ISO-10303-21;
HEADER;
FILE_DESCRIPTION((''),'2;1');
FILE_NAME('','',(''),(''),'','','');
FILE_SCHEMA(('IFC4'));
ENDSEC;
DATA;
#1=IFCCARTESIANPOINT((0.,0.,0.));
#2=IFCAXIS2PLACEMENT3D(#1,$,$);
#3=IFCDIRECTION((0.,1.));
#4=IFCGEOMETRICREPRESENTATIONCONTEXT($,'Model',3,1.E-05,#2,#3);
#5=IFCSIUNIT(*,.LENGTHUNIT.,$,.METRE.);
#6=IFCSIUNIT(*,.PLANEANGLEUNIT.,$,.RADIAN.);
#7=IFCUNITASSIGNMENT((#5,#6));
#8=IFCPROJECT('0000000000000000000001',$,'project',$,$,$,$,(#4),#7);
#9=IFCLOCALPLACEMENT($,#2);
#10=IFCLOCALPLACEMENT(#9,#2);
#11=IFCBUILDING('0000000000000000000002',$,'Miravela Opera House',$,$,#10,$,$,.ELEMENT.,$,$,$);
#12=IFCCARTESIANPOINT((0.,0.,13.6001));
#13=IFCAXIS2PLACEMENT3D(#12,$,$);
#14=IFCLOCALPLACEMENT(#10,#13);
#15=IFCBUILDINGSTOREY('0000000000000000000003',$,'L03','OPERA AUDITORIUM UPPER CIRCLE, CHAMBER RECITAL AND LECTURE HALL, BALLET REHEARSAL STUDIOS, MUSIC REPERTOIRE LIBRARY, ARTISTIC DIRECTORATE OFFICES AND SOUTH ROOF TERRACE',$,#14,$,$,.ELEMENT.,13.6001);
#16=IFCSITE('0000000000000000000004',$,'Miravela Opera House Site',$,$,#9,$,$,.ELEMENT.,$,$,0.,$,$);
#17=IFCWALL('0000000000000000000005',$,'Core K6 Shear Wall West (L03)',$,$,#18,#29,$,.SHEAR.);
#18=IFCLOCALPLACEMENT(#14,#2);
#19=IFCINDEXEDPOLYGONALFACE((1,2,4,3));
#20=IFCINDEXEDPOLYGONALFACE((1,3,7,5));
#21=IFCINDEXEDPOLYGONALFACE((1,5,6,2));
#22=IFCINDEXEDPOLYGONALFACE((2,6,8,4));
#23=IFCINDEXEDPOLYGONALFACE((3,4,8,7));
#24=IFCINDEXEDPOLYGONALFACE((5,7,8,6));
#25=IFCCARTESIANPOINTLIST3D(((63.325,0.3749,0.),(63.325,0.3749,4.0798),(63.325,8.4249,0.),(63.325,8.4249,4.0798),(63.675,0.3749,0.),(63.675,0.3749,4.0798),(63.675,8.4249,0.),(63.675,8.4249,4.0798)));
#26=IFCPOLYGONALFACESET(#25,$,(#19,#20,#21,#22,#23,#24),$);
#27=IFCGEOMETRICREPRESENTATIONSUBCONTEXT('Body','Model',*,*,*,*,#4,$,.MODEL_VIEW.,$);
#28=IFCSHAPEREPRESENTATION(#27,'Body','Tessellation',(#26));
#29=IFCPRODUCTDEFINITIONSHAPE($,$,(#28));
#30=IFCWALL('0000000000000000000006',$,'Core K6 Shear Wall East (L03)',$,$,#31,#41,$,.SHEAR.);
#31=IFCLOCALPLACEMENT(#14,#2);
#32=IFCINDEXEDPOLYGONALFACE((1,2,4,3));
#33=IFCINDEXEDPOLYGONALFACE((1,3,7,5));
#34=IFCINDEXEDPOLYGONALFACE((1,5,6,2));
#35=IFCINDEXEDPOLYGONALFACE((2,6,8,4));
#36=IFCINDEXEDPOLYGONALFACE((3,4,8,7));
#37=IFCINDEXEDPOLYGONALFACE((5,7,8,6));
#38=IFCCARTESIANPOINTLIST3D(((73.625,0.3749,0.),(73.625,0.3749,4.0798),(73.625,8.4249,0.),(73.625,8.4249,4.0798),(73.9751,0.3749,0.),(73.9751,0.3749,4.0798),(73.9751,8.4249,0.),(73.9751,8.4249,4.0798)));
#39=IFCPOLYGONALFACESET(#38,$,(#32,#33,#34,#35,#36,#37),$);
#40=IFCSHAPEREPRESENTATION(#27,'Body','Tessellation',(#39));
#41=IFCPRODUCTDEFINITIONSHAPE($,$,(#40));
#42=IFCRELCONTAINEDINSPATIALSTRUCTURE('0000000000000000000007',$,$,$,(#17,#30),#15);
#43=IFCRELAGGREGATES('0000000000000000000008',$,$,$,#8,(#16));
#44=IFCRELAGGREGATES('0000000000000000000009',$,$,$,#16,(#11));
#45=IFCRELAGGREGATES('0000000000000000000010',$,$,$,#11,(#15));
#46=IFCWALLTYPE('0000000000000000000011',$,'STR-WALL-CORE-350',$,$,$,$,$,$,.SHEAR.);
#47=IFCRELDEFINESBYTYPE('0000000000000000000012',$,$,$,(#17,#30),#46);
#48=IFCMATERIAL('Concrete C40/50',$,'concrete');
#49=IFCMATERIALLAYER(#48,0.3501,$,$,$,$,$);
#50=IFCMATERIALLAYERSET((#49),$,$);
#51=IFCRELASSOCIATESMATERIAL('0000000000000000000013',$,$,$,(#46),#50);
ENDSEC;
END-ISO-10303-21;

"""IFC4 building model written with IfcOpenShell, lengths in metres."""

from ifc_helpers import new_model, si_unit, direction, frame, frame_2d, origin, place, context, subcontext, project, spatial, rectangle, extrude, material, layer, layer_set, type_object, element, save


model = new_model("IFC4")

# Units and contexts
model_context = context("Model", 3, precision=1e-05, world=origin(), true_north=direction((0.0, 1.0)))
body_context = subcontext(model_context, "Body", "Model", "MODEL_VIEW")
ifc_project = project(units=[si_unit("LENGTHUNIT", "METRE"), si_unit("PLANEANGLEUNIT", "RADIAN")], contexts=[model_context])

# Site, building, storey
site_placement = place(None, origin())
site = spatial("IfcSite", under=ifc_project, at=site_placement, Name="Miravela Opera House Site", CompositionType="ELEMENT", RefElevation=0.0)
building_placement = place(site_placement, origin())
building = spatial("IfcBuilding", under=site, at=building_placement, Name="Miravela Opera House", CompositionType="ELEMENT")
storey_placement = place(building_placement, frame((0.0, 0.0, 13.6001)))
storey = spatial("IfcBuildingStorey", under=building, at=storey_placement, Name="L03", Description="OPERA AUDITORIUM UPPER CIRCLE, CHAMBER RECITAL AND LECTURE HALL, BALLET REHEARSAL STUDIOS, MUSIC REPERTOIRE LIBRARY, ARTISTIC DIRECTORATE OFFICES AND SOUTH ROOF TERRACE", CompositionType="ELEMENT", Elevation=13.6001)

# Shared definitions
ifc_material_1 = material(Name="Concrete C40/50", Category="concrete")
ifc_layer_1 = layer(ifc_material_1, 0.3501)
ifc_layer_set_1 = layer_set([ifc_layer_1])
wall_type_1 = type_object("IfcWallType", Name="STR-WALL-CORE-350", PredefinedType="SHEAR", material=ifc_layer_set_1)

# Walls
for number, where, z_axis, x_axis, name in (
    (1, (63.5, 0.375, 0.0), (0.0, 0.0, 1.0), (0.0, 1.0, 0.0), "Core K6 Shear Wall West (L03)"),
    (2, (73.8, 0.375, 0.0), (0.0, 0.0, 1.0), (0.0, 1.0, 0.0), "Core K6 Shear Wall East (L03)"),
):
    element("IfcWall", number, at=place(storey_placement, frame(where, z_axis=z_axis, x_axis=x_axis)), inside=storey, type_object=wall_type_1, Name=name, PredefinedType="SHEAR", context=body_context, shape_type="SweptSolid", body=[
        extrude(rectangle(XDim=8.05, YDim=0.3501, at=frame_2d((4.0249, 0.0))), origin(), (0.0, 0.0, 1.0), 4.0798),
    ])

save(model, "model.ifc")
